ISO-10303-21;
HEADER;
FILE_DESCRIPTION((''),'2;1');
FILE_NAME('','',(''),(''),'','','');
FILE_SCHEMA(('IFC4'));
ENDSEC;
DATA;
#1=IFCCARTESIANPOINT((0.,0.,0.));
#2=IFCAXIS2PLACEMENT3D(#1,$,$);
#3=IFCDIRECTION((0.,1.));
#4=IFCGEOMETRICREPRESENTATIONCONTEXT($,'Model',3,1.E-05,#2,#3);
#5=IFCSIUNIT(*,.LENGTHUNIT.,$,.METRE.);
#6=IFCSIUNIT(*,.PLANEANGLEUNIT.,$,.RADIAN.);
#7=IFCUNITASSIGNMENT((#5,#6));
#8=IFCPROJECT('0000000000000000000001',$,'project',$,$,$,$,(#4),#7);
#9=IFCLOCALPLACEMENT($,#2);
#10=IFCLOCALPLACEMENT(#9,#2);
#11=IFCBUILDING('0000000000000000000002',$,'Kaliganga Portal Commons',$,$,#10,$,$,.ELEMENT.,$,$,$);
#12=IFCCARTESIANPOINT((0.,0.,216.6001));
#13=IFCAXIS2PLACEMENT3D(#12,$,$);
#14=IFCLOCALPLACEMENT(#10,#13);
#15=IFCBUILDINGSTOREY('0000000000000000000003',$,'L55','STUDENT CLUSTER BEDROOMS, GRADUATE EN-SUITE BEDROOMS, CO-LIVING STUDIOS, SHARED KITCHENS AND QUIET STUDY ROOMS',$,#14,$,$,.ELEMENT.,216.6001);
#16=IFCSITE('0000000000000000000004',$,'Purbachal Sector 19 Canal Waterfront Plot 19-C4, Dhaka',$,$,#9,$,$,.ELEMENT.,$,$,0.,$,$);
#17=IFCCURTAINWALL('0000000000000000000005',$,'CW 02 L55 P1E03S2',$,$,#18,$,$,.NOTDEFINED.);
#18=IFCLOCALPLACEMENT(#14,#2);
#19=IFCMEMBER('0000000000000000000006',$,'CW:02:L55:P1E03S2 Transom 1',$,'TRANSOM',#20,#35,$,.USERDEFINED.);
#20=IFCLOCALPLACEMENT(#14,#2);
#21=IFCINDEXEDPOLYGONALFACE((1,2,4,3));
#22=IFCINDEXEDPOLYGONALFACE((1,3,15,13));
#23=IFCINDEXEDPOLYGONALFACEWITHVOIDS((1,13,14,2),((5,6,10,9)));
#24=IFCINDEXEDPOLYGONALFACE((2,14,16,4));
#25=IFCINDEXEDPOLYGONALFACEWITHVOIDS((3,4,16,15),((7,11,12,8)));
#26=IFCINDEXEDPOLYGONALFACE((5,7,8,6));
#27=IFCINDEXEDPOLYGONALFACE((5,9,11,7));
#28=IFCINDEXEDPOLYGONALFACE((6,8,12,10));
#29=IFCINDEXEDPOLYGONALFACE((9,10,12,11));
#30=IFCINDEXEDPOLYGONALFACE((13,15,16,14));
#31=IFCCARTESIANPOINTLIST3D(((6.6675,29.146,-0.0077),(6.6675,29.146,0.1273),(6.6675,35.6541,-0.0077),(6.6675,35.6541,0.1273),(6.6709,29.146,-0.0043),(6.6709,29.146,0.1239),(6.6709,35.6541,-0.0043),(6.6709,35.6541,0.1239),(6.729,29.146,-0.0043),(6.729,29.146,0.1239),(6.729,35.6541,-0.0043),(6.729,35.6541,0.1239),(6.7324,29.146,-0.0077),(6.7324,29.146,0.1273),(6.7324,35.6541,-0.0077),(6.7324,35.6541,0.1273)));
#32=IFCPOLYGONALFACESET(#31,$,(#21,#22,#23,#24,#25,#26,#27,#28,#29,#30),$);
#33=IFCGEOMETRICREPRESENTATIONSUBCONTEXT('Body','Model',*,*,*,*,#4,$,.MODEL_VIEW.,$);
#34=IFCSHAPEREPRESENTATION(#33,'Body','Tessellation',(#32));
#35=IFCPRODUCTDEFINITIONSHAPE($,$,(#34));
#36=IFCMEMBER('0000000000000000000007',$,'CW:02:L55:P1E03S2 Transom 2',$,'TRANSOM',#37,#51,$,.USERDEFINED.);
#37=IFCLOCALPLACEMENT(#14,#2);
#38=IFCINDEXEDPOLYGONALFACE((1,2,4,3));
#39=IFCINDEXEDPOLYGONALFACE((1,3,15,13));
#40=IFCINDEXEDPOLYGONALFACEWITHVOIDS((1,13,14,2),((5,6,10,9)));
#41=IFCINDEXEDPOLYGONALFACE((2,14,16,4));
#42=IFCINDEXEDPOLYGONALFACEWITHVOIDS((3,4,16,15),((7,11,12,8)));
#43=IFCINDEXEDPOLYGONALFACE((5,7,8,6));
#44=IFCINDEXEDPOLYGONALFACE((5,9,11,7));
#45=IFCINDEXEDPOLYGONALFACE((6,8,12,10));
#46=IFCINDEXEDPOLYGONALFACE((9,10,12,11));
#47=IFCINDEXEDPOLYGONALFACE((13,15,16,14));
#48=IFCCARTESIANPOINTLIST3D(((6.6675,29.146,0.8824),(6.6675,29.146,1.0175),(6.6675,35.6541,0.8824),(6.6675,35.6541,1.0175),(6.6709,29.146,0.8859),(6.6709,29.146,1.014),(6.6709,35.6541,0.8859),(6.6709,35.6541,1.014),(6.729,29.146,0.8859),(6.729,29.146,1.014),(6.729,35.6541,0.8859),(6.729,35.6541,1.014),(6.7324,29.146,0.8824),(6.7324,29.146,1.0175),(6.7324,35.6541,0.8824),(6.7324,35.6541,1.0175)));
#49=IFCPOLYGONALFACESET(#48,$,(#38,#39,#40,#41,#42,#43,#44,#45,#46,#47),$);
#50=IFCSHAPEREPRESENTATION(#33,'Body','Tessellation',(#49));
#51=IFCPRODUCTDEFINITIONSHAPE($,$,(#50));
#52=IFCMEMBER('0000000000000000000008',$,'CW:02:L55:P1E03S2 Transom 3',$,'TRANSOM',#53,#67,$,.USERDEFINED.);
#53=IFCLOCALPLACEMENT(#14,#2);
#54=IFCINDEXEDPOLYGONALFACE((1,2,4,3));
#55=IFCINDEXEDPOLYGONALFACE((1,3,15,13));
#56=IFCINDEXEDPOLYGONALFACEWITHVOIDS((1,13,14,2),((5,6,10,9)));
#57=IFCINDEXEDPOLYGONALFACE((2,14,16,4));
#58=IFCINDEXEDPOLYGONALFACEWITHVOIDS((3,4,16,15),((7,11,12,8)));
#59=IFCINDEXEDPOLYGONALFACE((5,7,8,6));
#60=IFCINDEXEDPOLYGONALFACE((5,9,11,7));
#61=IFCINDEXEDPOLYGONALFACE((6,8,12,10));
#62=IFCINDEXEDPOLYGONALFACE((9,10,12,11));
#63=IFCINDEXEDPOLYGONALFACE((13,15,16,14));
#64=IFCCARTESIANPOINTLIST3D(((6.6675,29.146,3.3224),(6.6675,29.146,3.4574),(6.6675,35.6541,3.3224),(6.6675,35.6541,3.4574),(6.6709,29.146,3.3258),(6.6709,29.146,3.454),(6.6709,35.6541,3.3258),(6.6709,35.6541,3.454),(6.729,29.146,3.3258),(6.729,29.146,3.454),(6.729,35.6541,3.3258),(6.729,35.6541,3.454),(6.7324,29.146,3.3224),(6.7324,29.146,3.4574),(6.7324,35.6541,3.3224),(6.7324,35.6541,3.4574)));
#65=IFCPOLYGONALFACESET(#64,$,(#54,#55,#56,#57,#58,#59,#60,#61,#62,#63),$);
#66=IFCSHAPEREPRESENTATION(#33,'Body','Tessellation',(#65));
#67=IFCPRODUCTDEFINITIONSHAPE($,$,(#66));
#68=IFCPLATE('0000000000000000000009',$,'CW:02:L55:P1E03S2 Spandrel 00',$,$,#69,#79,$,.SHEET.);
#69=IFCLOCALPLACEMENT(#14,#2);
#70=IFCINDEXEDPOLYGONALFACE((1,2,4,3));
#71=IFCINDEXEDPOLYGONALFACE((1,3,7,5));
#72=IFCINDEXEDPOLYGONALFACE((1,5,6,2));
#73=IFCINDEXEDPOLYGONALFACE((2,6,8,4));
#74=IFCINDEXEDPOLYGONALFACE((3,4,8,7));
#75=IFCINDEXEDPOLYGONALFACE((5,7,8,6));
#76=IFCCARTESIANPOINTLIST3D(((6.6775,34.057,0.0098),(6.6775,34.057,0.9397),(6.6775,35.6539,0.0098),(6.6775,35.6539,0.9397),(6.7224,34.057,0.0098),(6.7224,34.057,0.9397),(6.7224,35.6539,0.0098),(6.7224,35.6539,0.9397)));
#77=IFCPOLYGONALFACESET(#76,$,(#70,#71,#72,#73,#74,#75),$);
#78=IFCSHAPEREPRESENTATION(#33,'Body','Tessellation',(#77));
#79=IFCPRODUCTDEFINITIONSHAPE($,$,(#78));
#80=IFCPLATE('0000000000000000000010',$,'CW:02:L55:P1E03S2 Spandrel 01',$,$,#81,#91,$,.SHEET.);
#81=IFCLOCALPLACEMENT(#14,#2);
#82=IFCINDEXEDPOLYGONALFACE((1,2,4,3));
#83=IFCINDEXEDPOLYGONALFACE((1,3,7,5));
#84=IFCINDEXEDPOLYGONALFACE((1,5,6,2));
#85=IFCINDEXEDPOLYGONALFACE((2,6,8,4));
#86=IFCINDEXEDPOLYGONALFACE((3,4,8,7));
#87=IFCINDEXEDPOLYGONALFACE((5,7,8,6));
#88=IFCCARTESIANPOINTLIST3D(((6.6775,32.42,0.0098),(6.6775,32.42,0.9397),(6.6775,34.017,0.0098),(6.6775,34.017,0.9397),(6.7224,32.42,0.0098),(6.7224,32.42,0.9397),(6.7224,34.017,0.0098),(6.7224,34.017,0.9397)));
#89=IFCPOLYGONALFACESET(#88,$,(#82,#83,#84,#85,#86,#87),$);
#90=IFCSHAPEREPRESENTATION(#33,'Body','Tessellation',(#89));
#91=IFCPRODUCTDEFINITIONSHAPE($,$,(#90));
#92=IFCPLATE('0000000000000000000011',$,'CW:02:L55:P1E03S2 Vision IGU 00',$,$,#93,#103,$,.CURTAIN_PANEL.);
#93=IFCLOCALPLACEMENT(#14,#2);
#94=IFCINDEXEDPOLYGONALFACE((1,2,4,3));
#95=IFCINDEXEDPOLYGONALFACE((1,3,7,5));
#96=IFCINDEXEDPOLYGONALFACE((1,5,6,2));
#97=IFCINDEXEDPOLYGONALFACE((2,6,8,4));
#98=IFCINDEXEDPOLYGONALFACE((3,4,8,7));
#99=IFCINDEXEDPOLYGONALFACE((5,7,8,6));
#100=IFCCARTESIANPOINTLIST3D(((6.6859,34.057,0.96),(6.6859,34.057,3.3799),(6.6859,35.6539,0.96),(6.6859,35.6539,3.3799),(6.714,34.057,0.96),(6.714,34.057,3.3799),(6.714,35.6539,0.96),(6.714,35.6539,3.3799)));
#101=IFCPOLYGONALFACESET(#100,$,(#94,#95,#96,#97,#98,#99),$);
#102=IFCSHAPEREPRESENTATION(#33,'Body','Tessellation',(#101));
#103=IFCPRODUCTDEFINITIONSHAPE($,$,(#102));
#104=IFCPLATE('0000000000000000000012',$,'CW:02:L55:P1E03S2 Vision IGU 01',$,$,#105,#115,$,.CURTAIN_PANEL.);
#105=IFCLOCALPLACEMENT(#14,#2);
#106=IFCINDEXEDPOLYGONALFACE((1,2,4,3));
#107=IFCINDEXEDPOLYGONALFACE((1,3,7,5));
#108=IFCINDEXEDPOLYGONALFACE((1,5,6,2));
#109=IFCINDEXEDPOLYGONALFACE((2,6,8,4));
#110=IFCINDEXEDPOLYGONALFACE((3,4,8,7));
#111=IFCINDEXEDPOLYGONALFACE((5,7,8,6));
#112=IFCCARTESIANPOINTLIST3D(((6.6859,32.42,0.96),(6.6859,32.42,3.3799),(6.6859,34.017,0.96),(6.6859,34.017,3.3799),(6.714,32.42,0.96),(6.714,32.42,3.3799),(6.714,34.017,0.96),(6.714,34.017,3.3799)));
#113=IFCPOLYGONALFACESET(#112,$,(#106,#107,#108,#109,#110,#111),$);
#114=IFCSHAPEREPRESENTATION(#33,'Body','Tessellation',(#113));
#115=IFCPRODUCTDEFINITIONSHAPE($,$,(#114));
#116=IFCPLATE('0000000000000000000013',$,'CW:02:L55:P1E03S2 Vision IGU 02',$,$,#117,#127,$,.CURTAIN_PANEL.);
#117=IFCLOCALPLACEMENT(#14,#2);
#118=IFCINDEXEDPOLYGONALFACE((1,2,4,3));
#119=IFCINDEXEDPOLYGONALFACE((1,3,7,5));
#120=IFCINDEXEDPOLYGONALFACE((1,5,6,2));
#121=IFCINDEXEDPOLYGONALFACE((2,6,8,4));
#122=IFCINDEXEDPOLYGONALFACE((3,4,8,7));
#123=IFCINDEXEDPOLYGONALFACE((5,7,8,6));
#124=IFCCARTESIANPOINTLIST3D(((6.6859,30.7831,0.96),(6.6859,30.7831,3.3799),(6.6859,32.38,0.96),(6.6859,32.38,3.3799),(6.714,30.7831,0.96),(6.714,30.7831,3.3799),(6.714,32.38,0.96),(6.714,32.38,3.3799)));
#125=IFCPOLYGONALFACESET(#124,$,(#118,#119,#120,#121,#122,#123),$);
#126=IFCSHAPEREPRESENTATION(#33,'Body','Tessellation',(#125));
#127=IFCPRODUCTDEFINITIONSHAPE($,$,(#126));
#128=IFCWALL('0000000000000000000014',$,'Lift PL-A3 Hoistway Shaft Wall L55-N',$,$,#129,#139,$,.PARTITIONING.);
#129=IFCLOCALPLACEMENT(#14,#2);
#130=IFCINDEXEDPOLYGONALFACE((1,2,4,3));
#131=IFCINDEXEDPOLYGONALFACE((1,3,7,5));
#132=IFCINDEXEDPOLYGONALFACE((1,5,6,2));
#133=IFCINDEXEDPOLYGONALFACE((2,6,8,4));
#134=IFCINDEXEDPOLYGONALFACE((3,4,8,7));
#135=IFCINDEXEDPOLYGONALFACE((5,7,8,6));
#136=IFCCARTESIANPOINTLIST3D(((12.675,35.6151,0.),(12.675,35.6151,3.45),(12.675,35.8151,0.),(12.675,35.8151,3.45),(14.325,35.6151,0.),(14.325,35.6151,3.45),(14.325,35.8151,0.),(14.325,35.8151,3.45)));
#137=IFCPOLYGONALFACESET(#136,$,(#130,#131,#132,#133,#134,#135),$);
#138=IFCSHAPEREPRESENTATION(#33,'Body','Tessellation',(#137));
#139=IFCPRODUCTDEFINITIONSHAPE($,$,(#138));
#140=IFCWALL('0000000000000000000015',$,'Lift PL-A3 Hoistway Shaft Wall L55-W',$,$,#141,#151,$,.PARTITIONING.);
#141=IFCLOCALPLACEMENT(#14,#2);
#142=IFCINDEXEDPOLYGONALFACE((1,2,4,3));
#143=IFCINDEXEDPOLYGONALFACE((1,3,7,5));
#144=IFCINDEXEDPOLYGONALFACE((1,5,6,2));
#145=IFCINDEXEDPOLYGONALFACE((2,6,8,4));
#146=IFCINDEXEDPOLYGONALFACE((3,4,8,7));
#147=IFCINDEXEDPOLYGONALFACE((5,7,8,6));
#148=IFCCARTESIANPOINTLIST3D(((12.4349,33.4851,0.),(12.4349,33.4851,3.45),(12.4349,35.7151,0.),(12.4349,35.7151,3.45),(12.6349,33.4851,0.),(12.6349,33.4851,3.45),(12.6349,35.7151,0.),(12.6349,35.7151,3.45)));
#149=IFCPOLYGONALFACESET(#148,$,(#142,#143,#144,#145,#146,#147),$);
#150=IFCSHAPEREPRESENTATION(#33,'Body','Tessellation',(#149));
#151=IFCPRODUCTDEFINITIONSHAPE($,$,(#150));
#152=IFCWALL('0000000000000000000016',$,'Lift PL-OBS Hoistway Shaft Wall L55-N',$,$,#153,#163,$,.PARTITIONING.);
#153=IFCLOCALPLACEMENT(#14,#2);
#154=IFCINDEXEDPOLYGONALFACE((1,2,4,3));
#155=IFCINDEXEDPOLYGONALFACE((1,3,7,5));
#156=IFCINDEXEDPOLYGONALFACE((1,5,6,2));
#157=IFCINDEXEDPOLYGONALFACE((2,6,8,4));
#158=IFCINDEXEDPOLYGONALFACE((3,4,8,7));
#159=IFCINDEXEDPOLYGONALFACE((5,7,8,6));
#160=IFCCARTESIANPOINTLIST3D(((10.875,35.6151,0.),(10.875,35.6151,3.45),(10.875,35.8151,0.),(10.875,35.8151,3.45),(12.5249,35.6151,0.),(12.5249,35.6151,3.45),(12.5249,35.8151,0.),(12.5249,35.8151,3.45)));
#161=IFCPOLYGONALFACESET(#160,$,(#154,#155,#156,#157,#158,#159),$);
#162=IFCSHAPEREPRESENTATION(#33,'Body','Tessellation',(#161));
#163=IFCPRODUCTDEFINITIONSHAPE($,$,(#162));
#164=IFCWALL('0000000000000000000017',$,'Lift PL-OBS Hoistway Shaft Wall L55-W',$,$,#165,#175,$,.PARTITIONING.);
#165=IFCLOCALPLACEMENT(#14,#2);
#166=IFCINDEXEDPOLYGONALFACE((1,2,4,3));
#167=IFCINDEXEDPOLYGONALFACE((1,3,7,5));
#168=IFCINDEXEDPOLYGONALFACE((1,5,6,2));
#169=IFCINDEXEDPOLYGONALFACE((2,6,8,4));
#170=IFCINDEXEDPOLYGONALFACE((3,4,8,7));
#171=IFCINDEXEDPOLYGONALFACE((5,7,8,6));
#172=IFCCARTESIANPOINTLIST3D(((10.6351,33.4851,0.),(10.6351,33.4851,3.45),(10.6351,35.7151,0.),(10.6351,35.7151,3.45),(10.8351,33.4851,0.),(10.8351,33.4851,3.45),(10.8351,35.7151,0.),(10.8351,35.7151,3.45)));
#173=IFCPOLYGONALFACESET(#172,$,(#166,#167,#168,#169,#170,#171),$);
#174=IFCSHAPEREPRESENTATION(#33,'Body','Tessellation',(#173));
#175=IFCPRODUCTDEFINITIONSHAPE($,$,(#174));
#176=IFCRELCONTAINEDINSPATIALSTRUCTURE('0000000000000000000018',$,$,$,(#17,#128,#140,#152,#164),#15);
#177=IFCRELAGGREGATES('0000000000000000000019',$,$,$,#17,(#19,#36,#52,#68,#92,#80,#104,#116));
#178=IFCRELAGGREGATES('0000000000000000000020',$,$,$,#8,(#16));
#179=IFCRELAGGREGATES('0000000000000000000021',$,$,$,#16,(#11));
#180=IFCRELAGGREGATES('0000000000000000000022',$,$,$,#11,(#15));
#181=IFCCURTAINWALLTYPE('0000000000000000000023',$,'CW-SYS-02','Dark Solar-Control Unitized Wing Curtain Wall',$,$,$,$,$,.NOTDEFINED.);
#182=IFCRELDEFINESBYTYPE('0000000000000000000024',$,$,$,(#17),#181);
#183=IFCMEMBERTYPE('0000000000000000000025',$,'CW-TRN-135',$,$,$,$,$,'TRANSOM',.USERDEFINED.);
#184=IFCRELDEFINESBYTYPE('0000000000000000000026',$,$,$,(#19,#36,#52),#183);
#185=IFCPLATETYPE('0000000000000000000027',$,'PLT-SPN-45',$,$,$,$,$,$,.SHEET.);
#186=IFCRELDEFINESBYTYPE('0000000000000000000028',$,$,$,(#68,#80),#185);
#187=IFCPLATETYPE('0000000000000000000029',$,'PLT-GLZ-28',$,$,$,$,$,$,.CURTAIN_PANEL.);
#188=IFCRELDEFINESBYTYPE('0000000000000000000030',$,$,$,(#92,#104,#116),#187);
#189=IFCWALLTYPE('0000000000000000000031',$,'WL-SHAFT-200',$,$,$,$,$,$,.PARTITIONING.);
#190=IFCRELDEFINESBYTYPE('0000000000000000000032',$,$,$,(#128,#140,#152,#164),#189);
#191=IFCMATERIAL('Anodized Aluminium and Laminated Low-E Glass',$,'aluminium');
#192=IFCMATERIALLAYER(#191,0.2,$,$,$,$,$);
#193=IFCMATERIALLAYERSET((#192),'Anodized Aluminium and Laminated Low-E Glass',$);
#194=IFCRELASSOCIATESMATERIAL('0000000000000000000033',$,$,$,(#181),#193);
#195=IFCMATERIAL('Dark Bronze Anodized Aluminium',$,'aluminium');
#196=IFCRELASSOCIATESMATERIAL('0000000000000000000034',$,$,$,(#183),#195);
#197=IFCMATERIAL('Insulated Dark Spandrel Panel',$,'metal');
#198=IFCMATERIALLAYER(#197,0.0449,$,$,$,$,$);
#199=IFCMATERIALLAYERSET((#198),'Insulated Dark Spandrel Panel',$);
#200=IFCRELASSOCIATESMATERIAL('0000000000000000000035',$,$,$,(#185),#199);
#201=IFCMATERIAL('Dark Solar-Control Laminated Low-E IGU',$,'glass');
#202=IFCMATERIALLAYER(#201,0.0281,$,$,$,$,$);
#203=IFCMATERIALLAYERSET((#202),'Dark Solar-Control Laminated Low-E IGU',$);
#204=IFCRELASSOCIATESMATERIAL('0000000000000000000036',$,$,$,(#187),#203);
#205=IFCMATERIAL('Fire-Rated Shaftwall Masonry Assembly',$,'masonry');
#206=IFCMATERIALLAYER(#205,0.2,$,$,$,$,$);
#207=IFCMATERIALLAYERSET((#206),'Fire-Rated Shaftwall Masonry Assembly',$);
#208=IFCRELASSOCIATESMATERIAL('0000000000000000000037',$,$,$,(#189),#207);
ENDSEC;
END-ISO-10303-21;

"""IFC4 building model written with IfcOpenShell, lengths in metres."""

from ifc_helpers import new_model, si_unit, direction, frame, frame_2d, origin, origin_2d, place, context, subcontext, project, spatial, rectangle, hollow_rectangle, extrude, source, transform, mapped, material, layer, layer_set, material_profile, profile_set, type_object, element, aggregate, save


model = new_model("IFC4")

# Units and contexts
model_context = context("Model", 3, precision=1e-05, world=origin(), true_north=direction((0.0, 1.0)))
body_context = subcontext(model_context, "Body", "Model", "MODEL_VIEW")
ifc_project = project(units=[si_unit("LENGTHUNIT", "METRE"), si_unit("PLANEANGLEUNIT", "RADIAN")], contexts=[model_context])

# Site, building, storey
site_placement = place(None, origin())
site = spatial("IfcSite", under=ifc_project, at=site_placement, Name="Purbachal Sector 19 Canal Waterfront Plot 19-C4, Dhaka", CompositionType="ELEMENT", RefElevation=0.0)
building_placement = place(site_placement, origin())
building = spatial("IfcBuilding", under=site, at=building_placement, Name="Kaliganga Portal Commons", CompositionType="ELEMENT")
storey_placement = place(building_placement, frame((0.0, 0.0, 216.6001)))
storey = spatial("IfcBuildingStorey", under=building, at=storey_placement, Name="L55", Description="STUDENT CLUSTER BEDROOMS, GRADUATE EN-SUITE BEDROOMS, CO-LIVING STUDIOS, SHARED KITCHENS AND QUIET STUDY ROOMS", CompositionType="ELEMENT", Elevation=216.6001)

# Curtain wall, members, plates
ifc_material_1 = material(Name="Anodized Aluminium and Laminated Low-E Glass", Category="aluminium")
ifc_layer_1 = layer(ifc_material_1, 0.2)
ifc_layer_set_1 = layer_set([ifc_layer_1], Name="Anodized Aluminium and Laminated Low-E Glass")
curtain_wall_type = type_object("IfcCurtainWallType", Name="CW-SYS-02", Description="Dark Solar-Control Unitized Wing Curtain Wall", PredefinedType="NOTDEFINED", material=ifc_layer_set_1)
curtain_wall_placement = place(storey_placement, origin())
curtain_wall = element("IfcCurtainWall", 1, at=curtain_wall_placement, inside=storey, type_object=curtain_wall_type, Name="CW 02 L55 P1E03S2", PredefinedType="NOTDEFINED")
ifc_material_2 = material(Name="Dark Bronze Anodized Aluminium", Category="aluminium")
ifc_material_profile_1 = material_profile(ifc_material_2, hollow_rectangle(XDim=0.0649, YDim=0.135, WallThickness=0.0034, at=origin_2d()), Name="ALU TRAN 65x135x3.5")
ifc_profile_set_1 = profile_set([ifc_material_profile_1], Name="Dark Bronze Anodized Aluminium")
member_type_1 = type_object("IfcMemberType", Name="CW-TRN-135", ElementType="TRANSOM", PredefinedType="USERDEFINED", material=ifc_profile_set_1)
shared_shape_1 = source(origin(), body_context, "Body", "SweptSolid", [
    extrude(hollow_rectangle(XDim=0.0649, YDim=0.135, WallThickness=0.0034, at=origin_2d()), origin(), (0.0, 0.0, 1.0), 6.5081),
])
member_1_placement = place(storey_placement, frame((6.7, 35.6541, 0.0598), z_axis=(0.0, -1.0, 0.0), x_axis=(1.0, 0.0, 0.0)))
member_1 = element("IfcMember", 2, at=member_1_placement, type_object=member_type_1, Name="CW:02:L55:P1E03S2 Transom 1", ObjectType="TRANSOM", PredefinedType="USERDEFINED", context=body_context, shape_type="MappedRepresentation", body=[
    mapped(shared_shape_1, transform((0.0, 0.0, 0.0), x_axis=(1.0, 0.0, 0.0), y_axis=(0.0, 1.0, 0.0), z_axis=(0.0, 0.0, 1.0), scale=1.0)),
])
member_2_placement = place(storey_placement, frame((6.7, 35.6541, 0.95), z_axis=(0.0, -1.0, 0.0), x_axis=(1.0, 0.0, 0.0)))
member_2 = element("IfcMember", 3, at=member_2_placement, type_object=member_type_1, Name="CW:02:L55:P1E03S2 Transom 2", ObjectType="TRANSOM", PredefinedType="USERDEFINED", context=body_context, shape_type="MappedRepresentation", body=[
    mapped(shared_shape_1, transform((0.0, 0.0, 0.0), x_axis=(1.0, 0.0, 0.0), y_axis=(0.0, 1.0, 0.0), z_axis=(0.0, 0.0, 1.0), scale=1.0)),
])
member_3_placement = place(storey_placement, frame((6.7, 35.6541, 3.3899), z_axis=(0.0, -1.0, 0.0), x_axis=(1.0, 0.0, 0.0)))
member_3 = element("IfcMember", 4, at=member_3_placement, type_object=member_type_1, Name="CW:02:L55:P1E03S2 Transom 3", ObjectType="TRANSOM", PredefinedType="USERDEFINED", context=body_context, shape_type="MappedRepresentation", body=[
    mapped(shared_shape_1, transform((0.0, 0.0, 0.0), x_axis=(1.0, 0.0, 0.0), y_axis=(0.0, 1.0, 0.0), z_axis=(0.0, 0.0, 1.0), scale=1.0)),
])
ifc_material_3 = material(Name="Insulated Dark Spandrel Panel", Category="metal")
ifc_layer_2 = layer(ifc_material_3, 0.0449)
ifc_layer_set_2 = layer_set([ifc_layer_2], Name="Insulated Dark Spandrel Panel")
plate_type_1 = type_object("IfcPlateType", Name="PLT-SPN-45", PredefinedType="SHEET", material=ifc_layer_set_2)
shared_shape_2 = source(origin(), body_context, "Body", "SweptSolid", [
    extrude(rectangle(XDim=1.5969, YDim=0.0449, at=origin_2d()), origin(), (0.0, 0.0, 1.0), 0.9299),
])
plate_1_placement = place(storey_placement, frame((6.7, 34.8555, 0.0098), z_axis=(0.0, 0.0, 1.0), x_axis=(0.0, -1.0, 0.0)))
plate_1 = element("IfcPlate", 5, at=plate_1_placement, type_object=plate_type_1, Name="CW:02:L55:P1E03S2 Spandrel 00", PredefinedType="SHEET", context=body_context, shape_type="MappedRepresentation", body=[
    mapped(shared_shape_2, transform((0.0, 0.0, 0.0), x_axis=(1.0, 0.0, 0.0), y_axis=(0.0, 1.0, 0.0), z_axis=(0.0, 0.0, 1.0), scale=1.0)),
])
plate_2_placement = place(storey_placement, frame((6.7, 33.2185, 0.0098), z_axis=(0.0, 0.0, 1.0), x_axis=(0.0, -1.0, 0.0)))
plate_2 = element("IfcPlate", 6, at=plate_2_placement, type_object=plate_type_1, Name="CW:02:L55:P1E03S2 Spandrel 01", PredefinedType="SHEET", context=body_context, shape_type="MappedRepresentation", body=[
    mapped(shared_shape_2, transform((0.0, 0.0, 0.0), x_axis=(1.0, 0.0, 0.0), y_axis=(0.0, 1.0, 0.0), z_axis=(0.0, 0.0, 1.0), scale=1.0)),
])
ifc_material_4 = material(Name="Dark Solar-Control Laminated Low-E IGU", Category="glass")
ifc_layer_3 = layer(ifc_material_4, 0.0281)
ifc_layer_set_3 = layer_set([ifc_layer_3], Name="Dark Solar-Control Laminated Low-E IGU")
plate_type_2 = type_object("IfcPlateType", Name="PLT-GLZ-28", PredefinedType="CURTAIN_PANEL", material=ifc_layer_set_3)
shared_shape_3 = source(origin(), body_context, "Body", "SweptSolid", [
    extrude(rectangle(XDim=1.5969, YDim=0.0281, at=origin_2d()), origin(), (0.0, 0.0, 1.0), 2.4199),
])
plate_3_placement = place(storey_placement, frame((6.7, 34.8555, 0.96), z_axis=(0.0, 0.0, 1.0), x_axis=(0.0, -1.0, 0.0)))
plate_3 = element("IfcPlate", 7, at=plate_3_placement, type_object=plate_type_2, Name="CW:02:L55:P1E03S2 Vision IGU 00", PredefinedType="CURTAIN_PANEL", context=body_context, shape_type="MappedRepresentation", body=[
    mapped(shared_shape_3, transform((0.0, 0.0, 0.0), x_axis=(1.0, 0.0, 0.0), y_axis=(0.0, 1.0, 0.0), z_axis=(0.0, 0.0, 1.0), scale=1.0)),
])
plate_4_placement = place(storey_placement, frame((6.7, 33.2185, 0.96), z_axis=(0.0, 0.0, 1.0), x_axis=(0.0, -1.0, 0.0)))
plate_4 = element("IfcPlate", 8, at=plate_4_placement, type_object=plate_type_2, Name="CW:02:L55:P1E03S2 Vision IGU 01", PredefinedType="CURTAIN_PANEL", context=body_context, shape_type="MappedRepresentation", body=[
    mapped(shared_shape_3, transform((0.0, 0.0, 0.0), x_axis=(1.0, 0.0, 0.0), y_axis=(0.0, 1.0, 0.0), z_axis=(0.0, 0.0, 1.0), scale=1.0)),
])
plate_5_placement = place(storey_placement, frame((6.7, 31.5815, 0.96), z_axis=(0.0, 0.0, 1.0), x_axis=(0.0, -1.0, 0.0)))
plate_5 = element("IfcPlate", 9, at=plate_5_placement, type_object=plate_type_2, Name="CW:02:L55:P1E03S2 Vision IGU 02", PredefinedType="CURTAIN_PANEL", context=body_context, shape_type="MappedRepresentation", body=[
    mapped(shared_shape_3, transform((0.0, 0.0, 0.0), x_axis=(1.0, 0.0, 0.0), y_axis=(0.0, 1.0, 0.0), z_axis=(0.0, 0.0, 1.0), scale=1.0)),
])
aggregate(curtain_wall, [member_1, member_2, member_3, plate_1, plate_3, plate_2, plate_4, plate_5])

# Shared definitions
ifc_material_5 = material(Name="Fire-Rated Shaftwall Masonry Assembly", Category="masonry")
ifc_layer_4 = layer(ifc_material_5, 0.2)
ifc_layer_set_4 = layer_set([ifc_layer_4], Name="Fire-Rated Shaftwall Masonry Assembly")
wall_type = type_object("IfcWallType", Name="WL-SHAFT-200", PredefinedType="PARTITIONING", material=ifc_layer_set_4)

# Walls
wall_1_placement = place(storey_placement, frame((12.675, 35.7151, 0.0), z_axis=(0.0, 0.0, 1.0), x_axis=(1.0, 0.0, 0.0)))
element("IfcWall", 10, at=wall_1_placement, inside=storey, type_object=wall_type, Name="Lift PL-A3 Hoistway Shaft Wall L55-N", PredefinedType="PARTITIONING", context=body_context, shape_type="SweptSolid", body=[
    extrude(rectangle(XDim=1.6499, YDim=0.2, at=frame_2d((0.825, 0.0))), origin(), (0.0, 0.0, 1.0), 3.45),
])
wall_2_placement = place(storey_placement, frame((12.5349, 33.4851, 0.0), z_axis=(0.0, 0.0, 1.0), x_axis=(0.0, 1.0, 0.0)))
element("IfcWall", 11, at=wall_2_placement, inside=storey, type_object=wall_type, Name="Lift PL-A3 Hoistway Shaft Wall L55-W", PredefinedType="PARTITIONING", context=body_context, shape_type="SweptSolid", body=[
    extrude(rectangle(XDim=2.23, YDim=0.2, at=frame_2d((1.115, 0.0))), origin(), (0.0, 0.0, 1.0), 3.45),
])

# Walls
wall_3_placement = place(storey_placement, frame((10.875, 35.7151, 0.0), z_axis=(0.0, 0.0, 1.0), x_axis=(1.0, 0.0, 0.0)))
element("IfcWall", 12, at=wall_3_placement, inside=storey, type_object=wall_type, Name="Lift PL-OBS Hoistway Shaft Wall L55-N", PredefinedType="PARTITIONING", context=body_context, shape_type="SweptSolid", body=[
    extrude(rectangle(XDim=1.6499, YDim=0.2, at=frame_2d((0.825, 0.0))), origin(), (0.0, 0.0, 1.0), 3.45),
])
wall_4_placement = place(storey_placement, frame((10.7351, 33.4851, 0.0), z_axis=(0.0, 0.0, 1.0), x_axis=(0.0, 1.0, 0.0)))
element("IfcWall", 13, at=wall_4_placement, inside=storey, type_object=wall_type, Name="Lift PL-OBS Hoistway Shaft Wall L55-W", PredefinedType="PARTITIONING", context=body_context, shape_type="SweptSolid", body=[
    extrude(rectangle(XDim=2.23, YDim=0.2, at=frame_2d((1.115, 0.0))), origin(), (0.0, 0.0, 1.0), 3.45),
])

save(model, "model.ifc")
